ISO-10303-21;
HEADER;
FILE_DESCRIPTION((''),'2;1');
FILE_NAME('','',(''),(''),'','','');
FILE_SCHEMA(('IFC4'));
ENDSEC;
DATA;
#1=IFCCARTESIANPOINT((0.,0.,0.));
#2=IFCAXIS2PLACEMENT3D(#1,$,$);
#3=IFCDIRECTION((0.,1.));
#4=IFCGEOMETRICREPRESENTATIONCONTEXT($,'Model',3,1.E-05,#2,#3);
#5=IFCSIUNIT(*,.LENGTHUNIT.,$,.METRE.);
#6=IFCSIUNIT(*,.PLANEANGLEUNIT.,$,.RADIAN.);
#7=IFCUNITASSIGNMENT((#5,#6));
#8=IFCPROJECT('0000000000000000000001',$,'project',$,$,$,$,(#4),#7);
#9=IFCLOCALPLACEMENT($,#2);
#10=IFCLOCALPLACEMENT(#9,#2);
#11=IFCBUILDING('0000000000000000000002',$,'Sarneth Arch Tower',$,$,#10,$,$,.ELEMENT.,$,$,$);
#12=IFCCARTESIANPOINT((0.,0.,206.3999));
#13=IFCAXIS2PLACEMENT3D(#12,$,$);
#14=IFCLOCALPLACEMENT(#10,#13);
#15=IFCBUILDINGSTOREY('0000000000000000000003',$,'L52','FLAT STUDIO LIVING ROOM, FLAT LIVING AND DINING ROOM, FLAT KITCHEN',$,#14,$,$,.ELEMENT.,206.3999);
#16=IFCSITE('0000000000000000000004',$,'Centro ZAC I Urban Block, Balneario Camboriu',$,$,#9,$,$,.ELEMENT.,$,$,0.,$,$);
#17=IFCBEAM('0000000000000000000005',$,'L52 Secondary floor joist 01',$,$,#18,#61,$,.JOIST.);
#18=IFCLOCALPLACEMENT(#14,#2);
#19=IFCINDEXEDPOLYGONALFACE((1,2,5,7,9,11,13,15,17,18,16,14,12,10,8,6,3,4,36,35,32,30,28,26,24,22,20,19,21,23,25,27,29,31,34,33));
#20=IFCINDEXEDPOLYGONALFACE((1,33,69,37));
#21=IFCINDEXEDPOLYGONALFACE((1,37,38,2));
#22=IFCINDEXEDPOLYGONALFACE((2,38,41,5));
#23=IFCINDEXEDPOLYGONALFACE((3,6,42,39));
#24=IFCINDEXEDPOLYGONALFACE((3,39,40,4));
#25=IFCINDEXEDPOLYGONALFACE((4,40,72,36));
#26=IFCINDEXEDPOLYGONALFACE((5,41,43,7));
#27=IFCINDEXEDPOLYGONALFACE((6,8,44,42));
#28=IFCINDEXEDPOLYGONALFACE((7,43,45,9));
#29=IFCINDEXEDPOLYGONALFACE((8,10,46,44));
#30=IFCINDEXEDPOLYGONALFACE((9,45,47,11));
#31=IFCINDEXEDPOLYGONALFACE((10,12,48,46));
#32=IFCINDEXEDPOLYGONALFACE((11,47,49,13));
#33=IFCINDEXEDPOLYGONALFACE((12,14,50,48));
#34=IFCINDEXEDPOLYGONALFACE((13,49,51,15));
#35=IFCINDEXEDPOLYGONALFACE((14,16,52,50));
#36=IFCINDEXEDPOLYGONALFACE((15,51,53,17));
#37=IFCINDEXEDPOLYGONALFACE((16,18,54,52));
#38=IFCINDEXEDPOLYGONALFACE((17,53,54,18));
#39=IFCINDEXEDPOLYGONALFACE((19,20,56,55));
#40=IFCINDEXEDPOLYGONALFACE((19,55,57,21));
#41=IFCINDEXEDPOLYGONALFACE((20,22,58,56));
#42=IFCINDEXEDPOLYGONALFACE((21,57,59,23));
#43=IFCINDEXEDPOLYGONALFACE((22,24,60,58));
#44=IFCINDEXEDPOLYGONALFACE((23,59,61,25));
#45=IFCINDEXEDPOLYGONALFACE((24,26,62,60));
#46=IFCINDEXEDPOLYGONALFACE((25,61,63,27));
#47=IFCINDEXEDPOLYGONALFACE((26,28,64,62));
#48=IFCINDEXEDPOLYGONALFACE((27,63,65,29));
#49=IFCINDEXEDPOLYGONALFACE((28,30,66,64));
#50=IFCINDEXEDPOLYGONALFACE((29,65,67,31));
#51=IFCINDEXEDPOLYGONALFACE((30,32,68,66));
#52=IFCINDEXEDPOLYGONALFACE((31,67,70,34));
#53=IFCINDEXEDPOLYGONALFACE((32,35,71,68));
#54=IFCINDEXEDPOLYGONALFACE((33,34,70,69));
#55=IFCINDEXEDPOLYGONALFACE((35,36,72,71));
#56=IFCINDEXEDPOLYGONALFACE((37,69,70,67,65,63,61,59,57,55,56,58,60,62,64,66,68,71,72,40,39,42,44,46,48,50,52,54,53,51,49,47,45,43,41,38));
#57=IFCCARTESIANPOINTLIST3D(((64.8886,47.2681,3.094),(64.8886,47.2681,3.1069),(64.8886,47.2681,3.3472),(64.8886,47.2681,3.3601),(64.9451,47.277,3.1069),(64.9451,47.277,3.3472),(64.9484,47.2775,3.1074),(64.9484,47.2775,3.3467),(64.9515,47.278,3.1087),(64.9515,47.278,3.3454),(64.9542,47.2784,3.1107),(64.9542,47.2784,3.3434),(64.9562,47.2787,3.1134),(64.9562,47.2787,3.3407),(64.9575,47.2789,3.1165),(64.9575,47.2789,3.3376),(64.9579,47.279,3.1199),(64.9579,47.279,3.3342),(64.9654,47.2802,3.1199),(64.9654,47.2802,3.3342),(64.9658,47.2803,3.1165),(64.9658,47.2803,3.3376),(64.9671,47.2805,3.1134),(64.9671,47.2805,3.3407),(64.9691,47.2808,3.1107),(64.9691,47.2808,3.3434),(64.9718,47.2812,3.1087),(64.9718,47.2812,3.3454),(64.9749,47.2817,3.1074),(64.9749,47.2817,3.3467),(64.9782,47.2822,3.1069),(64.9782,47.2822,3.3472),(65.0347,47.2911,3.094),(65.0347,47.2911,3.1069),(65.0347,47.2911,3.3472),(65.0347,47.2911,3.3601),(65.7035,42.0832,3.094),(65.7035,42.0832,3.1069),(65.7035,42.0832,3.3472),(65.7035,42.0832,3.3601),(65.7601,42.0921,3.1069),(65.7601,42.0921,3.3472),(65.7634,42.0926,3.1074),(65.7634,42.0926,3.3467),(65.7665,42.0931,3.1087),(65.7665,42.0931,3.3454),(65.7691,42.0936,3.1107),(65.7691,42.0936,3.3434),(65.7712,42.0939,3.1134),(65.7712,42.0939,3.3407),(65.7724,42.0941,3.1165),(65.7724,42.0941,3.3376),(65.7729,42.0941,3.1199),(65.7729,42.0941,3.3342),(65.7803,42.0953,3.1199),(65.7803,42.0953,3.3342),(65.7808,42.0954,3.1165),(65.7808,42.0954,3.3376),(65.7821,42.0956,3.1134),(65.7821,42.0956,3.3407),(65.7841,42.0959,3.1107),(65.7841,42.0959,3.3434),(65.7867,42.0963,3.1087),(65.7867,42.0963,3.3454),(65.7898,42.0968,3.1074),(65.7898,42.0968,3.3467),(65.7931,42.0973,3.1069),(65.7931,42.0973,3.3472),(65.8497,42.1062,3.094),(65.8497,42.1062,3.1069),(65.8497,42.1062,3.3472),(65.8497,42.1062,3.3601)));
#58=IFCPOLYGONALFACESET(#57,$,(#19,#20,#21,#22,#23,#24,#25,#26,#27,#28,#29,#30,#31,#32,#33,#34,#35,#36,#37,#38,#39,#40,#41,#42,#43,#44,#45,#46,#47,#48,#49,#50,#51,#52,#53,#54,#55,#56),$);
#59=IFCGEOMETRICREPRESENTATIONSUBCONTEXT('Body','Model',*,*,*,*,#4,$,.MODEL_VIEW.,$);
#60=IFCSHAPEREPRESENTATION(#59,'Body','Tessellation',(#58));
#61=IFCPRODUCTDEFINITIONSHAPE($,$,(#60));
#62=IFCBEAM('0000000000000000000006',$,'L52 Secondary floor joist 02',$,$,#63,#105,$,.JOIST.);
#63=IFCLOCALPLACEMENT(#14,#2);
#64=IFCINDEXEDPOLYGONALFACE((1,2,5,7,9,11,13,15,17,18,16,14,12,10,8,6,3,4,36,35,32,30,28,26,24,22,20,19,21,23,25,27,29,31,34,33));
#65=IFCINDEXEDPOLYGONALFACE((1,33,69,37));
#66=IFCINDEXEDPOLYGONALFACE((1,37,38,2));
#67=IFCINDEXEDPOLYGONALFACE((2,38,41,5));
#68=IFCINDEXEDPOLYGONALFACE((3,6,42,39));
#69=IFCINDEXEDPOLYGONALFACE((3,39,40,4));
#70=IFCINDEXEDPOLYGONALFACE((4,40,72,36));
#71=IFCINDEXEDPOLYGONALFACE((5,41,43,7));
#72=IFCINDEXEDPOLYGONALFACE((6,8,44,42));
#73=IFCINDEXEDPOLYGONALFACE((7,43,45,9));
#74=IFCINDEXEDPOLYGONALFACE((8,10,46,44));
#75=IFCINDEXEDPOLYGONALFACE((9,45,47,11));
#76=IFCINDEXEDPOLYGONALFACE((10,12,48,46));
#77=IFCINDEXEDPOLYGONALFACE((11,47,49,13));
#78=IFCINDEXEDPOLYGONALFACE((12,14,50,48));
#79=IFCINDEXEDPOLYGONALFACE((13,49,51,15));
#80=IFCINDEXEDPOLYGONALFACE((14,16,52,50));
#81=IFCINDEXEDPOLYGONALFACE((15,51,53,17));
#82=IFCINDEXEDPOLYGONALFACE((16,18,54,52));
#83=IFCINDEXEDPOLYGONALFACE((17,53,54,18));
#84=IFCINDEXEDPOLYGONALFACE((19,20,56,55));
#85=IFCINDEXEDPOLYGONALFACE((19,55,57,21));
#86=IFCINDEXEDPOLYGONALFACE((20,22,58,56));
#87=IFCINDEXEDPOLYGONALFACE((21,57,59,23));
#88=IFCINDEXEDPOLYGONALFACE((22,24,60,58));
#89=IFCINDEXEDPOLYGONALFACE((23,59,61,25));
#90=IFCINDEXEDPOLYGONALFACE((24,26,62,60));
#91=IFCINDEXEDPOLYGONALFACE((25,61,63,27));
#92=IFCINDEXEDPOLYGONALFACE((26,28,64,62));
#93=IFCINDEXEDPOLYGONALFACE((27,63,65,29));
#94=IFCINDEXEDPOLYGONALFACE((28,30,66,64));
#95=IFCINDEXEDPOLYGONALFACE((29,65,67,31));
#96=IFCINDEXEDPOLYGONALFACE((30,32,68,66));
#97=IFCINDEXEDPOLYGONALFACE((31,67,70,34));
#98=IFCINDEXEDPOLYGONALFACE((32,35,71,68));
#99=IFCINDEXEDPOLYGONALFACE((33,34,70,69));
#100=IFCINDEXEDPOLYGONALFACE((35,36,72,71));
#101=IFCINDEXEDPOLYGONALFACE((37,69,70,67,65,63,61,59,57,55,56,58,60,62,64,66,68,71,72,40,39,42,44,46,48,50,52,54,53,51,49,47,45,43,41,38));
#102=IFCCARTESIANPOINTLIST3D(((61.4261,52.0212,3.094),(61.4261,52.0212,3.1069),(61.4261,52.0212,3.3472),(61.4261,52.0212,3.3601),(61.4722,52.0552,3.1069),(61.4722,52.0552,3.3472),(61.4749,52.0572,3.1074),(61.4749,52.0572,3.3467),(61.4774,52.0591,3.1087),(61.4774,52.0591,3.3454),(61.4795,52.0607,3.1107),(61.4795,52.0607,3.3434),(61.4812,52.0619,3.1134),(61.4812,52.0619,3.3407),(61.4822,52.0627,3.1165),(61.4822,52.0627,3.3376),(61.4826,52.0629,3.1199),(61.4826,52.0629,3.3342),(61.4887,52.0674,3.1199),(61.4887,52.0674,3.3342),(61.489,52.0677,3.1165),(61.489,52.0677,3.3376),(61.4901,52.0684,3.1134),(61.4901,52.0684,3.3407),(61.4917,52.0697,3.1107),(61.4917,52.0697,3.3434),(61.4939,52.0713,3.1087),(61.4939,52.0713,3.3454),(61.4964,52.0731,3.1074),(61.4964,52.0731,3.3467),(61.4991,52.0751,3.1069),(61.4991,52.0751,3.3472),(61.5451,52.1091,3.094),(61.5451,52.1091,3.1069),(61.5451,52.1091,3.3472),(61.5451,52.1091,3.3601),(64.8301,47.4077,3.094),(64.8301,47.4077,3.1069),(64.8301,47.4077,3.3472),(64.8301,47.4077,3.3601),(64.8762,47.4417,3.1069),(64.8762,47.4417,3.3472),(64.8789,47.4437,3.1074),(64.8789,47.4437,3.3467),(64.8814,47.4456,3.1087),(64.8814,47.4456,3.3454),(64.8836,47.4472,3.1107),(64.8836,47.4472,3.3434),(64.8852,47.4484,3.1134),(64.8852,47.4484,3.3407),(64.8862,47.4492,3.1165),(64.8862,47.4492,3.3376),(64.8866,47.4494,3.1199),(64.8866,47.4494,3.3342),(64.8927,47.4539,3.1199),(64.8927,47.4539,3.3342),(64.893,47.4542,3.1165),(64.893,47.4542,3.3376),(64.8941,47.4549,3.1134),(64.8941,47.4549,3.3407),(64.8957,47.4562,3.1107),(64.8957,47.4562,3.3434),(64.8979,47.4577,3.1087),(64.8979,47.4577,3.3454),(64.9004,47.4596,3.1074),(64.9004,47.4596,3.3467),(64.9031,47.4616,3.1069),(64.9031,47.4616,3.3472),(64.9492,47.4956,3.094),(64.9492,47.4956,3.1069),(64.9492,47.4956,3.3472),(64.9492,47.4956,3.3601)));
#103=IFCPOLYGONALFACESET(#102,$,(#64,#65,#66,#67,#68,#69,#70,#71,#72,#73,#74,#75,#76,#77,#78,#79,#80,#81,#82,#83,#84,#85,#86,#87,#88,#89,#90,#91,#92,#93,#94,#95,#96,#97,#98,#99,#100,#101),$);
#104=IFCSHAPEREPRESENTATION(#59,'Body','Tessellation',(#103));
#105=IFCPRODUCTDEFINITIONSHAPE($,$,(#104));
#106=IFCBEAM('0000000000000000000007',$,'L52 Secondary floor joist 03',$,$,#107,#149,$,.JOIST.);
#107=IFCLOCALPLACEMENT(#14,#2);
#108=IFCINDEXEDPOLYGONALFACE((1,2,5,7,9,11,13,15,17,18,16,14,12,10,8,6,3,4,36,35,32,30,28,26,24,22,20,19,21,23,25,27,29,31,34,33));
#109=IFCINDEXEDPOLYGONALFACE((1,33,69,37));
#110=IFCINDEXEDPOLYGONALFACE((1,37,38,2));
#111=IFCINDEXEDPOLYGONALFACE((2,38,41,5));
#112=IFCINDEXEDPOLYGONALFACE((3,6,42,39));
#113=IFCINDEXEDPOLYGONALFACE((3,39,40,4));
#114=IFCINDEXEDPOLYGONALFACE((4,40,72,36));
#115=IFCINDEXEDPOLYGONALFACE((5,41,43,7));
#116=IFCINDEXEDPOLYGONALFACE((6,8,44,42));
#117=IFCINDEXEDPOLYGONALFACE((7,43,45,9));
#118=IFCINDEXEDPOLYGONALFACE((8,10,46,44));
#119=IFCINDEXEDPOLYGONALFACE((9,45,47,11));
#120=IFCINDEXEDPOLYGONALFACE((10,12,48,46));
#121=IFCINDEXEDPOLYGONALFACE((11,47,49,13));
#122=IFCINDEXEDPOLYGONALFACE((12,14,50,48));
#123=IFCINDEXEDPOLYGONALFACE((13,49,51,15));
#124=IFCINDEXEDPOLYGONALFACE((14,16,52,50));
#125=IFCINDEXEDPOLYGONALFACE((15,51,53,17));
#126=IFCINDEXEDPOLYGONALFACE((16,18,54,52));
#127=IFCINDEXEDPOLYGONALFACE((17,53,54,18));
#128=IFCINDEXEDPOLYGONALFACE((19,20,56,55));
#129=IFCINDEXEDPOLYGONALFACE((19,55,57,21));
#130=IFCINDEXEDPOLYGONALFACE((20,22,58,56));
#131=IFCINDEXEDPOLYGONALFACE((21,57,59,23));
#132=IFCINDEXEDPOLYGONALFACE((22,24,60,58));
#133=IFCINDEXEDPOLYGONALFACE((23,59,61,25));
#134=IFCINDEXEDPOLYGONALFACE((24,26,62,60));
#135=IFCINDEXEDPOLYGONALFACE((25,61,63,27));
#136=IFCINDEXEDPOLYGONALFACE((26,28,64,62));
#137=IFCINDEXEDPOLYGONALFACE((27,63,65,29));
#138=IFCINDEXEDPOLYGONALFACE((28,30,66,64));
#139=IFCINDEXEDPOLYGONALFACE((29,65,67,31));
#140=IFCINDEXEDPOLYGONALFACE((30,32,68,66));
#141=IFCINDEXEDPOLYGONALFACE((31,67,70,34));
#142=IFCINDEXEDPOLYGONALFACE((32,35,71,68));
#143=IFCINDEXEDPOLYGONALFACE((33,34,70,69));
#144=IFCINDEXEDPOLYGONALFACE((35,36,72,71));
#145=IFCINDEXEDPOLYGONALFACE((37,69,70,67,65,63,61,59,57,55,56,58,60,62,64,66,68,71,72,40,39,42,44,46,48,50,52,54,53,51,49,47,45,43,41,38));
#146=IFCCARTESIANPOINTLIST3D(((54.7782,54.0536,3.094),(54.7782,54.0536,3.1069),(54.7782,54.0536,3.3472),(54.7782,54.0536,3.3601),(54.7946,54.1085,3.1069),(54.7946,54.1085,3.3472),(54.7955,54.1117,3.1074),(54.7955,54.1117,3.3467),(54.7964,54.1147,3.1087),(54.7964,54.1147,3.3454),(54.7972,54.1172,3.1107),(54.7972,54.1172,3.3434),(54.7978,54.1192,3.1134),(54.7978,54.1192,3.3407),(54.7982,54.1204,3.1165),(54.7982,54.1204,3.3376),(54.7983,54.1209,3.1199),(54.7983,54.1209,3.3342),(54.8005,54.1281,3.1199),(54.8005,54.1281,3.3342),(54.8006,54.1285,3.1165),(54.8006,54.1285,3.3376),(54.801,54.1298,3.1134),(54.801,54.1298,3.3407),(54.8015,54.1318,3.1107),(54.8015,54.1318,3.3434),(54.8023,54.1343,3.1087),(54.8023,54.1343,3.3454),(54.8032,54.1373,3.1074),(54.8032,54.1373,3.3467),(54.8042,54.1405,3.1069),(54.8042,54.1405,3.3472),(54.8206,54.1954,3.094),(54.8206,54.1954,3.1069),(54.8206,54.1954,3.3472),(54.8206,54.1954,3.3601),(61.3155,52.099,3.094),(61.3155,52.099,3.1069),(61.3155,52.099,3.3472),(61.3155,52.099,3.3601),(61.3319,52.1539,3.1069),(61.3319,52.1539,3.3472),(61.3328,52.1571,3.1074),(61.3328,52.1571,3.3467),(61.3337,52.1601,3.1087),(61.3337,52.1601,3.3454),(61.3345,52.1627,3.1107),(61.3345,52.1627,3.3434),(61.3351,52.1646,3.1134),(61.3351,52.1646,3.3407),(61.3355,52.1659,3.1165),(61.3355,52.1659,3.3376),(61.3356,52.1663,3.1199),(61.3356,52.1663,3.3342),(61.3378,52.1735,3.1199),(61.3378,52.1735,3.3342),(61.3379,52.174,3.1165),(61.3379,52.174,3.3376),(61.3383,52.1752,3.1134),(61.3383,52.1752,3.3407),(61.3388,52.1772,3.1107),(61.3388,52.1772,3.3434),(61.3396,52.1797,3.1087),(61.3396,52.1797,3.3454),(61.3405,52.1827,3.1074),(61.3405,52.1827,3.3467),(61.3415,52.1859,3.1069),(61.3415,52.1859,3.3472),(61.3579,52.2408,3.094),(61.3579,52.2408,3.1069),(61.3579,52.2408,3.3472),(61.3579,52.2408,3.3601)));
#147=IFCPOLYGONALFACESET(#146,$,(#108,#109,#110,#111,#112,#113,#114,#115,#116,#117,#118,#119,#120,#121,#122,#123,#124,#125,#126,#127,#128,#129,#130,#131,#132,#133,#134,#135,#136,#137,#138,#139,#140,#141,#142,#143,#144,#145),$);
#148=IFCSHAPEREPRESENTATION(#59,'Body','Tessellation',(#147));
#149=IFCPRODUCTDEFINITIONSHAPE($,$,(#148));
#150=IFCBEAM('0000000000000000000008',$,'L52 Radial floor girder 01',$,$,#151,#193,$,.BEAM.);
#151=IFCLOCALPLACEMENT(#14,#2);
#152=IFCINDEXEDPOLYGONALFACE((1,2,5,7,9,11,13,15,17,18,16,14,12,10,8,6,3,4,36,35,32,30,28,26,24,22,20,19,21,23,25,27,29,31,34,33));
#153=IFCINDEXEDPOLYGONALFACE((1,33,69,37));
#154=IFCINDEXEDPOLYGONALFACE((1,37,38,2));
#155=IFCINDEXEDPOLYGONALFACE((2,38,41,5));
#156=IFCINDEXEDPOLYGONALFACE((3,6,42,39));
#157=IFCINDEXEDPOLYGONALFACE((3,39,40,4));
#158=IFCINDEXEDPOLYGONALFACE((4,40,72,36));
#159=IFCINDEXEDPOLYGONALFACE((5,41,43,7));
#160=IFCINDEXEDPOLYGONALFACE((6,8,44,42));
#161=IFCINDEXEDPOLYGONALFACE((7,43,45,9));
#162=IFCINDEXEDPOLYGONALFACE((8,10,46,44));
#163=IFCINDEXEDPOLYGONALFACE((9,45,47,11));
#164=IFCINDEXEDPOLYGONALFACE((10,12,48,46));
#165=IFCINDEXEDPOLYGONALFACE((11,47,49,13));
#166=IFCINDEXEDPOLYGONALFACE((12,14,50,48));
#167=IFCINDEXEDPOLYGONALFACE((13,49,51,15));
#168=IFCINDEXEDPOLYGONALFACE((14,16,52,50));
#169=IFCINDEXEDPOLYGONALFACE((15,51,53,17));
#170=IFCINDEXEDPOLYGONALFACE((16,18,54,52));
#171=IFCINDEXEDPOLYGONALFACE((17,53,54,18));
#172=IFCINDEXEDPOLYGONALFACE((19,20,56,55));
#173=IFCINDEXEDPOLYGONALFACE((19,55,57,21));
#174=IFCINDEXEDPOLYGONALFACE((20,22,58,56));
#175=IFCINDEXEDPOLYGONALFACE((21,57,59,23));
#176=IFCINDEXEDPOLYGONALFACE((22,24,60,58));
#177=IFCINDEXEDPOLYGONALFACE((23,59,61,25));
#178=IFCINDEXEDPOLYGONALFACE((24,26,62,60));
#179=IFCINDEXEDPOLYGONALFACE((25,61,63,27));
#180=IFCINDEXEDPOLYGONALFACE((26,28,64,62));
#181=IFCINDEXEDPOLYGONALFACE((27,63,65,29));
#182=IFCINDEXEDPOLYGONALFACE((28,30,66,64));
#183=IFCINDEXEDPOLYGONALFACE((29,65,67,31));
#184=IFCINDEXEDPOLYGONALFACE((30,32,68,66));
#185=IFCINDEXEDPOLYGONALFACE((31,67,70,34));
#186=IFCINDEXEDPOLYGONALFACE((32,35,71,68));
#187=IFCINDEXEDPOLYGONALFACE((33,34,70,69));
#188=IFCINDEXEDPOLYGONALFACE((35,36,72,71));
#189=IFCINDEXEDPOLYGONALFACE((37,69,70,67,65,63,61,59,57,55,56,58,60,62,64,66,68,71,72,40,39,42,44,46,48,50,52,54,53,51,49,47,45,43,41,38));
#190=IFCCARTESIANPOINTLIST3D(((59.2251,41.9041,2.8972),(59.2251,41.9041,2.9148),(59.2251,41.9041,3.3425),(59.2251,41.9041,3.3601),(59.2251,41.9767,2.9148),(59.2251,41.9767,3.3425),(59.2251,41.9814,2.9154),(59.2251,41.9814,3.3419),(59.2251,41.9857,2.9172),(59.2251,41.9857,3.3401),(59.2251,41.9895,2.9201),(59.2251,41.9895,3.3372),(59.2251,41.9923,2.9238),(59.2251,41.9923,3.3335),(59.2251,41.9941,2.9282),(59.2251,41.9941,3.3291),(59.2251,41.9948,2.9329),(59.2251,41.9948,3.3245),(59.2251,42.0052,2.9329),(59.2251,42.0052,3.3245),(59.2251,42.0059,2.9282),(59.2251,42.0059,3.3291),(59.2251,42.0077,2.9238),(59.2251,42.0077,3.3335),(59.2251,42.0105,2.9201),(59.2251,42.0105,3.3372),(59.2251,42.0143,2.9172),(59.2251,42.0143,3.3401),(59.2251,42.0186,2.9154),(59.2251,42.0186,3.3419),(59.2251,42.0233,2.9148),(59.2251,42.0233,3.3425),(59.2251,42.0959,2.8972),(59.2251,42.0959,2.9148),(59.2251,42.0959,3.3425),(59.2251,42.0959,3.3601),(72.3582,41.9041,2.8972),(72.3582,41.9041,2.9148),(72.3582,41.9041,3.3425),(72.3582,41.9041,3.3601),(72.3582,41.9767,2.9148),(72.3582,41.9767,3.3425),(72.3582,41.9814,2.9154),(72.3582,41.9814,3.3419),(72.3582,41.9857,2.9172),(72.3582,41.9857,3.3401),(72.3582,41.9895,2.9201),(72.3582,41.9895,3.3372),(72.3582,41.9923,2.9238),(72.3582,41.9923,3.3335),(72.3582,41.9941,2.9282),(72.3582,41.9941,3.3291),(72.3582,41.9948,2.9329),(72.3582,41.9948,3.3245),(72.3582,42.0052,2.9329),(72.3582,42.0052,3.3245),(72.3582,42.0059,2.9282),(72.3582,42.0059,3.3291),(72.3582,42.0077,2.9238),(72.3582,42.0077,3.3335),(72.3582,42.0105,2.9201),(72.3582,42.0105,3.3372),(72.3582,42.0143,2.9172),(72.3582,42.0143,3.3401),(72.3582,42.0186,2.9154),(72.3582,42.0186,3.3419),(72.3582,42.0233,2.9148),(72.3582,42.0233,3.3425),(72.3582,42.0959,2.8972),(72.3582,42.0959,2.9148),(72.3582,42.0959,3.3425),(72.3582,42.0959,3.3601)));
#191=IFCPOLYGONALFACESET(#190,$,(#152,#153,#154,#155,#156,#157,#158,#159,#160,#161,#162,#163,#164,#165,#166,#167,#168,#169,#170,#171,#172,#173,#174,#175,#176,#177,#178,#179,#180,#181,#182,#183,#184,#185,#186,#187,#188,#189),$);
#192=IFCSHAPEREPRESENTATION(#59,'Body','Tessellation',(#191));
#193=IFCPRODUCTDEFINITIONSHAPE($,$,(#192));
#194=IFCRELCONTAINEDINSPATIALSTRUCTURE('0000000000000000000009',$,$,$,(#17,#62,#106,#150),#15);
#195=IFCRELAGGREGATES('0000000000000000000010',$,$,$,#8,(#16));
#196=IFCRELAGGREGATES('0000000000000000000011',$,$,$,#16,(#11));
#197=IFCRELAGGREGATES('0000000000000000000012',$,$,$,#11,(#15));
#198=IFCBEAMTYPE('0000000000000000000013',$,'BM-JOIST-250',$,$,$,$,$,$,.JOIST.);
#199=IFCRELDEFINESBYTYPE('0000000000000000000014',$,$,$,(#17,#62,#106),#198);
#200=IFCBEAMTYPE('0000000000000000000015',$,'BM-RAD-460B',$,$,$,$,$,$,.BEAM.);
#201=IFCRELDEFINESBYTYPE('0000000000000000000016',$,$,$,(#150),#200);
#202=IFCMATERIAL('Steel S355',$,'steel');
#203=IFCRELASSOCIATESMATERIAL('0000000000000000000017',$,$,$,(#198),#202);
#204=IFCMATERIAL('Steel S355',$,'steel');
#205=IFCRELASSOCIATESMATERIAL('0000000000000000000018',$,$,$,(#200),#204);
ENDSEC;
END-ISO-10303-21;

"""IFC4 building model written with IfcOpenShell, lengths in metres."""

from ifc_helpers import new_model, si_unit, direction, frame, origin, origin_2d, place, context, subcontext, project, spatial, i_section, extrude, material, material_profile, profile_set, type_object, element, save


model = new_model("IFC4")

# Units and contexts
model_context = context("Model", 3, precision=1e-05, world=origin(), true_north=direction((0.0, 1.0)))
body_context = subcontext(model_context, "Body", "Model", "MODEL_VIEW")
ifc_project = project(units=[si_unit("LENGTHUNIT", "METRE"), si_unit("PLANEANGLEUNIT", "RADIAN")], contexts=[model_context])

# Site, building, storey
site_placement = place(None, origin())
site = spatial("IfcSite", under=ifc_project, at=site_placement, Name="Centro ZAC I Urban Block, Balneario Camboriu", CompositionType="ELEMENT", RefElevation=0.0)
building_placement = place(site_placement, origin())
building = spatial("IfcBuilding", under=site, at=building_placement, Name="Sarneth Arch Tower", CompositionType="ELEMENT")
storey_placement = place(building_placement, frame((0.0, 0.0, 206.3999)))
storey = spatial("IfcBuildingStorey", under=building, at=storey_placement, Name="L52", Description="FLAT STUDIO LIVING ROOM, FLAT LIVING AND DINING ROOM, FLAT KITCHEN", CompositionType="ELEMENT", Elevation=206.3999)

# Beams
ifc_material_1 = material(Name="Steel S355", Category="steel")
ifc_material_profile_1 = material_profile(ifc_material_1, i_section(OverallWidth=0.1479, OverallDepth=0.2661, WebThickness=0.0076, FlangeThickness=0.0129, FilletRadius=0.0129, at=origin_2d()), Name="W250x44.8")
ifc_profile_set_1 = profile_set([ifc_material_profile_1], Name="Steel S355")
beam_type_1 = type_object("IfcBeamType", Name="BM-JOIST-250", PredefinedType="JOIST", material=ifc_profile_set_1)
beam_1_placement = place(storey_placement, frame((65.7766, 42.0947, 3.2271), z_axis=(-0.155272, 0.987872, 0.0), x_axis=(-0.987872, -0.155272, 0.0)))
element("IfcBeam", 1, at=beam_1_placement, inside=storey, type_object=beam_type_1, Name="L52 Secondary floor joist 01", PredefinedType="JOIST", context=body_context, shape_type="SweptSolid", body=[
    extrude(i_section(OverallWidth=0.1479, OverallDepth=0.2661, WebThickness=0.0076, FlangeThickness=0.0129, FilletRadius=0.0129, at=origin_2d()), origin(), (0.0, 0.0, 1.0), 5.2485),
])
beam_2_placement = place(storey_placement, frame((64.8896, 47.4517, 3.2271), z_axis=(-0.59372, 0.804671, 0.0), x_axis=(-0.804671, -0.59372, 0.0)))
element("IfcBeam", 2, at=beam_2_placement, inside=storey, type_object=beam_type_1, Name="L52 Secondary floor joist 02", PredefinedType="JOIST", context=body_context, shape_type="SweptSolid", body=[
    extrude(i_section(OverallWidth=0.1479, OverallDepth=0.2661, WebThickness=0.0076, FlangeThickness=0.0129, FilletRadius=0.0129, at=origin_2d()), origin(), (0.0, 0.0, 1.0), 5.7334),
])
beam_3_placement = place(storey_placement, frame((61.3367, 52.1699, 3.2271), z_axis=(-0.958093, 0.286458, 0.0), x_axis=(-0.286458, -0.958093, 0.0)))
element("IfcBeam", 3, at=beam_3_placement, inside=storey, type_object=beam_type_1, Name="L52 Secondary floor joist 03", PredefinedType="JOIST", context=body_context, shape_type="SweptSolid", body=[
    extrude(i_section(OverallWidth=0.1479, OverallDepth=0.2661, WebThickness=0.0076, FlangeThickness=0.0129, FilletRadius=0.0129, at=origin_2d()), origin(), (0.0, 0.0, 1.0), 6.8232),
])
ifc_material_2 = material(Name="Steel S355", Category="steel")
ifc_material_profile_2 = material_profile(ifc_material_2, i_section(OverallWidth=0.1919, OverallDepth=0.4629, WebThickness=0.0105, FlangeThickness=0.0176, FilletRadius=0.0181, at=origin_2d()), Name="W460x89")
ifc_profile_set_2 = profile_set([ifc_material_profile_2], Name="Steel S355")
beam_type_2 = type_object("IfcBeamType", Name="BM-RAD-460B", PredefinedType="BEAM", material=ifc_profile_set_2)
beam_4_placement = place(storey_placement, frame((59.2251, 42.0, 3.1287), z_axis=(1.0, 0.0, 0.0), x_axis=(0.0, 1.0, 0.0)))
element("IfcBeam", 4, at=beam_4_placement, inside=storey, type_object=beam_type_2, Name="L52 Radial floor girder 01", PredefinedType="BEAM", context=body_context, shape_type="SweptSolid", body=[
    extrude(i_section(OverallWidth=0.1919, OverallDepth=0.4629, WebThickness=0.0105, FlangeThickness=0.0176, FilletRadius=0.0181, at=origin_2d()), origin(), (0.0, 0.0, 1.0), 13.1331),
])

save(model, "model.ifc")
